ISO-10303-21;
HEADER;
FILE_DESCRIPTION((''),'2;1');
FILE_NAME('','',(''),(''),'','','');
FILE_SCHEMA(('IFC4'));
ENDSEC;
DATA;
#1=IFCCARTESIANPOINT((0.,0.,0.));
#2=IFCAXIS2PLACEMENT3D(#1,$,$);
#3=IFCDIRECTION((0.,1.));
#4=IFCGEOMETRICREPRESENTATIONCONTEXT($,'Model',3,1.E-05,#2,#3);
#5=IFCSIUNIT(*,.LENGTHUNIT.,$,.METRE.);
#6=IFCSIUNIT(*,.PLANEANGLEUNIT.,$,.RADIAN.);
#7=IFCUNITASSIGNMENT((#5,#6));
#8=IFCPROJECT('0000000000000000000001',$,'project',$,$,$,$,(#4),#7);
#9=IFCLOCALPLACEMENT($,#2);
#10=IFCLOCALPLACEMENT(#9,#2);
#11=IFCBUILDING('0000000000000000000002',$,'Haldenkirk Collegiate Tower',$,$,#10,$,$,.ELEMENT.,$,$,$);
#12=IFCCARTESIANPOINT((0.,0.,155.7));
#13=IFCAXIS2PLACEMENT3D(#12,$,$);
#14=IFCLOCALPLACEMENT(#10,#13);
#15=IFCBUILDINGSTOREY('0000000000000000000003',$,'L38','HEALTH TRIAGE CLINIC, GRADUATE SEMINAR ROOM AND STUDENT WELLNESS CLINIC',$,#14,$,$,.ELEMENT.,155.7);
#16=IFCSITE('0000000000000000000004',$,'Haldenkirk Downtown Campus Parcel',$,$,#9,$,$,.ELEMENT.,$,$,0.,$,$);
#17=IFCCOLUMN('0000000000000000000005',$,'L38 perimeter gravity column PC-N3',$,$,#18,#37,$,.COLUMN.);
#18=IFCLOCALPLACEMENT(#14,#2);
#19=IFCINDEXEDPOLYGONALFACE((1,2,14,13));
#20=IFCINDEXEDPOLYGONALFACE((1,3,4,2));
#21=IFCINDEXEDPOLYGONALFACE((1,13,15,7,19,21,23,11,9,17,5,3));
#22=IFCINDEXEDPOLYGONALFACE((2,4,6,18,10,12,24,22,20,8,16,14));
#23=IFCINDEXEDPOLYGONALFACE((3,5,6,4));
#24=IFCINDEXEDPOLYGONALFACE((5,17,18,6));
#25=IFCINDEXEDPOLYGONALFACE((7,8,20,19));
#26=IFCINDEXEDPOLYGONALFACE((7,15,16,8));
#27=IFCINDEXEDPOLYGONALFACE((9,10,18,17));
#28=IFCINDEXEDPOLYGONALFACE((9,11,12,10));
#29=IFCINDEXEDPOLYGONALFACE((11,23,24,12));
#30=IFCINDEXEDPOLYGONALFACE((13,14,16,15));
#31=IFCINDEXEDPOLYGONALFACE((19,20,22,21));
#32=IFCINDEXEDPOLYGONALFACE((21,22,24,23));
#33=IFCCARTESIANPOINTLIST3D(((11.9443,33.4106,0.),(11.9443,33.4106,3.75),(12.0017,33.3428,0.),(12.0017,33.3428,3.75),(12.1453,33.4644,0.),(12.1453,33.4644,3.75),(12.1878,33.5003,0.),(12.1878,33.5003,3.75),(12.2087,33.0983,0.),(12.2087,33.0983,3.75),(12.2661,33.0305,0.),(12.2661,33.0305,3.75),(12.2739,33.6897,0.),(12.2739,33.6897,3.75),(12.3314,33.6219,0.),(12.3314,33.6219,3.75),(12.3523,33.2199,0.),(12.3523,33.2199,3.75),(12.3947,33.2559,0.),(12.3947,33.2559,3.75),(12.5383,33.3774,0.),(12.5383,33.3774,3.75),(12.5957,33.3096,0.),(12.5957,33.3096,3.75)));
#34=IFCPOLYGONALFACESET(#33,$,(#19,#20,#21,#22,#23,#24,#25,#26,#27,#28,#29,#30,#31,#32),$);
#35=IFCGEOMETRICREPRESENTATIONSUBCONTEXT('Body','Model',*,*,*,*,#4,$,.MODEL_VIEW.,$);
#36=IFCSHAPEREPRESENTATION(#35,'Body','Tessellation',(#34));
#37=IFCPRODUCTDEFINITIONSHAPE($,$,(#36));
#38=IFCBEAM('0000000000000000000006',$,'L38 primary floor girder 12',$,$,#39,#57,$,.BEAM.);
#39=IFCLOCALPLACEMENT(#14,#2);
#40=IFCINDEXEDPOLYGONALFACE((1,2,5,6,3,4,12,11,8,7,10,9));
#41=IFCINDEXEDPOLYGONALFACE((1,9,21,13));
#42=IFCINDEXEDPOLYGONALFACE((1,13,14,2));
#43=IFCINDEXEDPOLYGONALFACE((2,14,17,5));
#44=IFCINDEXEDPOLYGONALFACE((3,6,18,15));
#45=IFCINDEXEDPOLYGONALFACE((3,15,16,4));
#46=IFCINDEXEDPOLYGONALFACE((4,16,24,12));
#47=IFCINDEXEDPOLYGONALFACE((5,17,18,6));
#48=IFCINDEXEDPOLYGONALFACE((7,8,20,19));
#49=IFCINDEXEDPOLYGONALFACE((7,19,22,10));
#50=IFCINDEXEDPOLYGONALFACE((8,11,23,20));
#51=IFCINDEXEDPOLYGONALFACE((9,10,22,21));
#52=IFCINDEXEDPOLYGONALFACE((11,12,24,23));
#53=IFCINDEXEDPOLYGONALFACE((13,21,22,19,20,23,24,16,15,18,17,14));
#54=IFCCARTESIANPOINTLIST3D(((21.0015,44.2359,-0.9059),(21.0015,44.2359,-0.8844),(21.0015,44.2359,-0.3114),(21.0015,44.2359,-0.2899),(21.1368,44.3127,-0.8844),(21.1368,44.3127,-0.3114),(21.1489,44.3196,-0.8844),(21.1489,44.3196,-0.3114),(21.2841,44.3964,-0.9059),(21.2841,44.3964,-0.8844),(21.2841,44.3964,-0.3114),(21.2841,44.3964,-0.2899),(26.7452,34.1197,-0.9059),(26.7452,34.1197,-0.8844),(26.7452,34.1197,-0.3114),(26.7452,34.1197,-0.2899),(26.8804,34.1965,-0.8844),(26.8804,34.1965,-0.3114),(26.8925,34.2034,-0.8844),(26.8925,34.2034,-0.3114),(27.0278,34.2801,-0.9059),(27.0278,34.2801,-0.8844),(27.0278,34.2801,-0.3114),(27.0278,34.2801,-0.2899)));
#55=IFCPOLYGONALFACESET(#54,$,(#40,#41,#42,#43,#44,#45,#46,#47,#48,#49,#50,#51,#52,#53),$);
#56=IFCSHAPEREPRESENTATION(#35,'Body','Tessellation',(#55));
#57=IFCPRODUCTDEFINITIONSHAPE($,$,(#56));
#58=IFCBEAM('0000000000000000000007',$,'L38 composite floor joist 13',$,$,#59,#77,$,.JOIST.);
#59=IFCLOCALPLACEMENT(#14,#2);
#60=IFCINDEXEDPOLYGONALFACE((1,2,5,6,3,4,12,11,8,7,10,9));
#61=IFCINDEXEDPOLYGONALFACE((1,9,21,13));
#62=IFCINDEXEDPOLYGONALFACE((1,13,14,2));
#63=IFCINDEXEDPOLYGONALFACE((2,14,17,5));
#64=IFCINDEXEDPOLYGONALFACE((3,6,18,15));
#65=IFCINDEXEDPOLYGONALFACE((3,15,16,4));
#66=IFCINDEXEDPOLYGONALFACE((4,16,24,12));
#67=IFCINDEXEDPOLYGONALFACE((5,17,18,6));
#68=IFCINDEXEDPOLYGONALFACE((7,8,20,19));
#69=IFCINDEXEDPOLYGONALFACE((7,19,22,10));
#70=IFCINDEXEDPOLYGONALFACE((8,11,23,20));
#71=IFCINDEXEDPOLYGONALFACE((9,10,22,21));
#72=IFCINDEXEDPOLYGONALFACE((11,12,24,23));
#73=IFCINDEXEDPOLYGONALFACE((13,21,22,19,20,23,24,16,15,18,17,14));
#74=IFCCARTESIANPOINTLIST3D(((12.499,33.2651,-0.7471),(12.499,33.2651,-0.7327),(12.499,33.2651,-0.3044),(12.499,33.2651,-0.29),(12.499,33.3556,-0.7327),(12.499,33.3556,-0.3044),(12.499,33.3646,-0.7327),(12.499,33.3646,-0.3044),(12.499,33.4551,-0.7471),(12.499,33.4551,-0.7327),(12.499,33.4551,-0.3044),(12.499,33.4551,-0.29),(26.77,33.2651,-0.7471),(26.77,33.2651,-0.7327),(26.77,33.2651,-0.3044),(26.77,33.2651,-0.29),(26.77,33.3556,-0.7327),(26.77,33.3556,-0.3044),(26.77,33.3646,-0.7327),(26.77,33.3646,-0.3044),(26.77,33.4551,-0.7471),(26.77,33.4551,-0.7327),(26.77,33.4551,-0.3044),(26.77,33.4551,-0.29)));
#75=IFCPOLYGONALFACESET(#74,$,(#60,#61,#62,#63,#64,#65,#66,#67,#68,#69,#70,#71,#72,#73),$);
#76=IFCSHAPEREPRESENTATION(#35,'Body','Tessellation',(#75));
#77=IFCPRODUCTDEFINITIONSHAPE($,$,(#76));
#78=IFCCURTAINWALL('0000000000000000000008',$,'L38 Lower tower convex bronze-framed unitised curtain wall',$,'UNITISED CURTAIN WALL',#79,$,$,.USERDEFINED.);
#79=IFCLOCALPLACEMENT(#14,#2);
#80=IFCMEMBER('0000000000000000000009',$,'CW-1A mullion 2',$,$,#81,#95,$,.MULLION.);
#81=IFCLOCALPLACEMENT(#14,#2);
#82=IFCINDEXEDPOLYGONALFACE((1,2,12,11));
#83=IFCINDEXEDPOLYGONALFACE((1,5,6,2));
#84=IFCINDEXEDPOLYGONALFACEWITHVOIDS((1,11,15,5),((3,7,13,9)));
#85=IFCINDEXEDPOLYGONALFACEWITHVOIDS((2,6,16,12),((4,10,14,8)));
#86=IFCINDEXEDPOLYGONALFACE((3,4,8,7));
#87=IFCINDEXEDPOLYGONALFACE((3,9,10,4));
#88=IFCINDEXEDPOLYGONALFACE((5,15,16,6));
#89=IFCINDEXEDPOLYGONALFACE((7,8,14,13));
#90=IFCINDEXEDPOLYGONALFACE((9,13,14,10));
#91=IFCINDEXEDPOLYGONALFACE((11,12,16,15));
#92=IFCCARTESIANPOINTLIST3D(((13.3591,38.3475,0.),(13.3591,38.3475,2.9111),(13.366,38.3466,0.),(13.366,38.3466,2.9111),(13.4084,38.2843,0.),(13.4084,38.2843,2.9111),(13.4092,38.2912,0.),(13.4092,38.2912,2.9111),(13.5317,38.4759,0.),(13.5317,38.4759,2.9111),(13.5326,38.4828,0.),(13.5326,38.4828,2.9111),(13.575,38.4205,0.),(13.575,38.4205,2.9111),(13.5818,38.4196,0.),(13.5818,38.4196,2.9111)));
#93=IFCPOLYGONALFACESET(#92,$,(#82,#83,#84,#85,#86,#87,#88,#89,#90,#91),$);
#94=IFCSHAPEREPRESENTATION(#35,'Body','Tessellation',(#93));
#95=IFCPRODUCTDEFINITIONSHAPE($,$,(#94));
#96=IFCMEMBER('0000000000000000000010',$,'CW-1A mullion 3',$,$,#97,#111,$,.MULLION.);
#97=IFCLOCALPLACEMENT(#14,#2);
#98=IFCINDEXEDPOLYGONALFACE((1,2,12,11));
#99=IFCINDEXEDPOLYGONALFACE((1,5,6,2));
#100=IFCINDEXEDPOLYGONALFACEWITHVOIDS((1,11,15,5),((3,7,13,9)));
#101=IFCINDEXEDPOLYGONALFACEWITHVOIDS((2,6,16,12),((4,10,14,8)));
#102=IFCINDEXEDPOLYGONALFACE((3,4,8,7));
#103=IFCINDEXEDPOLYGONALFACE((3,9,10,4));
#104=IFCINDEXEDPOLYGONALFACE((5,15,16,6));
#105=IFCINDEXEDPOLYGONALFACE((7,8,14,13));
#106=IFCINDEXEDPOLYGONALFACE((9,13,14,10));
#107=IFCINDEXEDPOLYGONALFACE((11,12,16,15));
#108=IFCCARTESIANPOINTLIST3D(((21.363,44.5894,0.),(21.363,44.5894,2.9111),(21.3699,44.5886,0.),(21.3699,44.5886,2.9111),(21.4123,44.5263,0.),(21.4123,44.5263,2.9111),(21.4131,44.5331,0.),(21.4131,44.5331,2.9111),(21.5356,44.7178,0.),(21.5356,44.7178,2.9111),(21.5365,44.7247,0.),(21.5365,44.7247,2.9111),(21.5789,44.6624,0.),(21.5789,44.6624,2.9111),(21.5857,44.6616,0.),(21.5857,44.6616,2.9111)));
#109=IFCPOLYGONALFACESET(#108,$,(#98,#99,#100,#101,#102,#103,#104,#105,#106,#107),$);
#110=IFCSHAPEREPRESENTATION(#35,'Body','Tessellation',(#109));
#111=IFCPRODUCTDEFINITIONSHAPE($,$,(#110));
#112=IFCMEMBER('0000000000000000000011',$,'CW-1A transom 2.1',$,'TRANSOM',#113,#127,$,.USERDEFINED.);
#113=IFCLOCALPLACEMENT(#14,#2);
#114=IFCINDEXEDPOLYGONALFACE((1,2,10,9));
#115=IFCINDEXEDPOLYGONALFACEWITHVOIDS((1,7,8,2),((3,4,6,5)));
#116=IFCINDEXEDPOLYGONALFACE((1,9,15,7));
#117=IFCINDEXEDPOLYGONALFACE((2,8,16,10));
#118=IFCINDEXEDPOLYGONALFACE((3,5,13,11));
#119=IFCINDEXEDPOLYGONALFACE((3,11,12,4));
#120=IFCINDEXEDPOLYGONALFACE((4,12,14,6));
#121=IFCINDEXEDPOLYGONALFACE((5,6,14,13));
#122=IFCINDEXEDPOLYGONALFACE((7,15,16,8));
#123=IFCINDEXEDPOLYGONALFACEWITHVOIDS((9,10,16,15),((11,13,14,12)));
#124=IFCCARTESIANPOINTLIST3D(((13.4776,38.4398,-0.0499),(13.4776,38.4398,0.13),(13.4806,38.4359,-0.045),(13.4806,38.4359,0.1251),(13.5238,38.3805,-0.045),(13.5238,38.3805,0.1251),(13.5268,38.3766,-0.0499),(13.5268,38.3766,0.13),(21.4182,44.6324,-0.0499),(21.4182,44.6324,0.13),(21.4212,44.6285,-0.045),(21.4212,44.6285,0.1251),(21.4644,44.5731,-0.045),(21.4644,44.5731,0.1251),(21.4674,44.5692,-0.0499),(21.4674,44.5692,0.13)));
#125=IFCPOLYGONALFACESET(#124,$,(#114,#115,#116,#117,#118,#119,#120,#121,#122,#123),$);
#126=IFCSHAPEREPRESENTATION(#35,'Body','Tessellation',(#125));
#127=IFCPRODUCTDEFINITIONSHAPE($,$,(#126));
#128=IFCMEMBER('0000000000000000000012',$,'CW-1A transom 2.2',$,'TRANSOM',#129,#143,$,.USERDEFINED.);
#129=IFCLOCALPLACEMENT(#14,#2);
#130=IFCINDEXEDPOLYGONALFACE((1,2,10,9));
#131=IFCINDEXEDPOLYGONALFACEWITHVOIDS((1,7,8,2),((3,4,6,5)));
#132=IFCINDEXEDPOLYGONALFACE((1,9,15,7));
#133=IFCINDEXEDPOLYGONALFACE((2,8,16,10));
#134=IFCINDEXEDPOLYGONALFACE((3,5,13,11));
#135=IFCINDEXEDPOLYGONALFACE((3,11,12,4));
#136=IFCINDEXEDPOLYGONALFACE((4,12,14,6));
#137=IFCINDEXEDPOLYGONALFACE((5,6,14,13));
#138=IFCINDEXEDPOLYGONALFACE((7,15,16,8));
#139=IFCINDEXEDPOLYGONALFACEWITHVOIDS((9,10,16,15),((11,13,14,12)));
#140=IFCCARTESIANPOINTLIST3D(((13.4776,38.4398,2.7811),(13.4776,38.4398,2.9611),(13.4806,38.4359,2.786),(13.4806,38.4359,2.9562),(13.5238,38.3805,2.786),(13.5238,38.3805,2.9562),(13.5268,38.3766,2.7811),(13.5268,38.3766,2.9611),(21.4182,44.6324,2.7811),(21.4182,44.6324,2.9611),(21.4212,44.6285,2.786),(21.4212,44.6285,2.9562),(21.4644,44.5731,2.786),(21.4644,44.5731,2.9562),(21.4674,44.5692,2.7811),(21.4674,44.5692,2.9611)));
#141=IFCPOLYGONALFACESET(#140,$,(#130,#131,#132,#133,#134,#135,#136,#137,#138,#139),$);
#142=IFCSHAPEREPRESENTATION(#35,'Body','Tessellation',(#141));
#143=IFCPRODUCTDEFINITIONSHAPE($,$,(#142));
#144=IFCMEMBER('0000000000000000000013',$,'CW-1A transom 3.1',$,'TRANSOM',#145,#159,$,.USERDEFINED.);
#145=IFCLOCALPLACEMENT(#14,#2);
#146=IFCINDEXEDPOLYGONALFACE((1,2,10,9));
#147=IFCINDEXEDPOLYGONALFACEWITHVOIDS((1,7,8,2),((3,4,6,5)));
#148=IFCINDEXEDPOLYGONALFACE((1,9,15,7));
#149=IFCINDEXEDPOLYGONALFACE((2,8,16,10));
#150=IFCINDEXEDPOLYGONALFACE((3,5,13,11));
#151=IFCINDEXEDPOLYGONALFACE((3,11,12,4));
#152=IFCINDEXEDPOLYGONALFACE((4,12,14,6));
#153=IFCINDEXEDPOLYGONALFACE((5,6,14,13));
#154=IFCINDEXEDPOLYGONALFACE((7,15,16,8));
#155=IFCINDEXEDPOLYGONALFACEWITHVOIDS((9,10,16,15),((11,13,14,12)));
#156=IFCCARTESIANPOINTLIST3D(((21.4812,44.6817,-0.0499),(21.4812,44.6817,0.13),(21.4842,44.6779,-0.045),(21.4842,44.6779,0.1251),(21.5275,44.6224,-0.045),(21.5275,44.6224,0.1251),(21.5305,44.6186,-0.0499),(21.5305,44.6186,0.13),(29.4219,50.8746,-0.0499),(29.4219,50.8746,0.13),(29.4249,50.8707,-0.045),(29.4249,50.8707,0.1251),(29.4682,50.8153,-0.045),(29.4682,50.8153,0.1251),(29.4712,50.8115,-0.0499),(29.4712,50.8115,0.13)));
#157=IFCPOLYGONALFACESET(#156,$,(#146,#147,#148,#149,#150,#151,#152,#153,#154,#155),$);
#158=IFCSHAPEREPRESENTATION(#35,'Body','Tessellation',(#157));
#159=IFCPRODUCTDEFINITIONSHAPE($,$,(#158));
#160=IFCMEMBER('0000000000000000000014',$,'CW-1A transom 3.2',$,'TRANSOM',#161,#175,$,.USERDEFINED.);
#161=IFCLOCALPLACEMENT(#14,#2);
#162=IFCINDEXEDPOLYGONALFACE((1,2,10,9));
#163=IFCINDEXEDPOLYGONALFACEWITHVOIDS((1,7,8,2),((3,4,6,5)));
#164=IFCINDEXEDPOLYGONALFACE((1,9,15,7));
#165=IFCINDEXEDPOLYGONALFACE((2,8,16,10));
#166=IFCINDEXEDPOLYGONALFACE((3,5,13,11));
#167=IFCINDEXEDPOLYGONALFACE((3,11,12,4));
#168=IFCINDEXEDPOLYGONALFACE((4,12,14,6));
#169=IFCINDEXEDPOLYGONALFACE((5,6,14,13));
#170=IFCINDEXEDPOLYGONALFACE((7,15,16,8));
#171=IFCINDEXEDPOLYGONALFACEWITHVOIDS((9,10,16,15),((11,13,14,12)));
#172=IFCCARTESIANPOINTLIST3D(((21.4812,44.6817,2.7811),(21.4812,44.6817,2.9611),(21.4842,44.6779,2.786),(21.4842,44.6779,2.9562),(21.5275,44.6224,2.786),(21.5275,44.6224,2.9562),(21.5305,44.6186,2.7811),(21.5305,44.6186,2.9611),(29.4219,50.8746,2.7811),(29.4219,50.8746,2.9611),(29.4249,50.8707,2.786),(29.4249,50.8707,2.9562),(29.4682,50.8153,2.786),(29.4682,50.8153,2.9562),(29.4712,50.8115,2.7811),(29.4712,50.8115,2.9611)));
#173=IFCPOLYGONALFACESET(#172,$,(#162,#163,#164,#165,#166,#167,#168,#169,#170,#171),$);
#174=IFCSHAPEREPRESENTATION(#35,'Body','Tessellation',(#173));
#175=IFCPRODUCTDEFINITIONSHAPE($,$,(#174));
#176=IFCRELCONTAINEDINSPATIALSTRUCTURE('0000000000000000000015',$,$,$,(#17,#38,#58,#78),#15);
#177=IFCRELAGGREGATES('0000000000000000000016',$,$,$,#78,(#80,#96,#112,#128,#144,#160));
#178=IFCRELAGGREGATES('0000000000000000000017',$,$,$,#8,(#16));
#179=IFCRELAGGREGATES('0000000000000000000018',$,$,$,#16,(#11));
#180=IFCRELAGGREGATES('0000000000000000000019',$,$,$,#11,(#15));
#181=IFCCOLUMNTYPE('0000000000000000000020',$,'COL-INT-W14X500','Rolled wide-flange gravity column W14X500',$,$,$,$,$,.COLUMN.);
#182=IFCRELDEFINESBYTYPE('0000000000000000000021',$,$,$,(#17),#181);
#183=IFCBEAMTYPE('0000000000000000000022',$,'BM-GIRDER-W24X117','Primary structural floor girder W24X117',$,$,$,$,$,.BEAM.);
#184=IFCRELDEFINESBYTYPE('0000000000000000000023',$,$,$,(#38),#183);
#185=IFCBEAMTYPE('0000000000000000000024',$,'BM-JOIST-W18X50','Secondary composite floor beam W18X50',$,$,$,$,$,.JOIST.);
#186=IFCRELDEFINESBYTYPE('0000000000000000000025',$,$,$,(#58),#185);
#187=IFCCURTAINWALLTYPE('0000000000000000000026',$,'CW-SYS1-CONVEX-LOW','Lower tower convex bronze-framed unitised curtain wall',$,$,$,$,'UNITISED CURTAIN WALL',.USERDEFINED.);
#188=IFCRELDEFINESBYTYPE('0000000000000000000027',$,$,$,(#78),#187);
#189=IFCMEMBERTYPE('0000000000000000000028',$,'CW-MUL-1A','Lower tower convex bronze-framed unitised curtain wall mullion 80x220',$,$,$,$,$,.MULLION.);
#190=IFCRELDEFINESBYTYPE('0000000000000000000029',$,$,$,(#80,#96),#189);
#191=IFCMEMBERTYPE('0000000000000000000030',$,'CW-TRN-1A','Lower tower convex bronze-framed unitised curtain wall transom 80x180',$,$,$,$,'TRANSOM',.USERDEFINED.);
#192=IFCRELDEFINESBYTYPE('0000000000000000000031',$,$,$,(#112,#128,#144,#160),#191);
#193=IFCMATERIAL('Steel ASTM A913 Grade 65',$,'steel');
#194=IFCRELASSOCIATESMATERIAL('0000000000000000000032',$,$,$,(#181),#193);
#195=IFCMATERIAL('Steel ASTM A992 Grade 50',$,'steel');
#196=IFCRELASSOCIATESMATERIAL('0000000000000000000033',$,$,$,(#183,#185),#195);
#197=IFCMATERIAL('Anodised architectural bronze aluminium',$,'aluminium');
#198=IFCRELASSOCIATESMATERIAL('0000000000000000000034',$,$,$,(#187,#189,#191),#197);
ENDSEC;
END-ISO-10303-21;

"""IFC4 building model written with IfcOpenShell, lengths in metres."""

from ifc_helpers import new_model, si_unit, direction, frame, origin, origin_2d, place, context, subcontext, project, spatial, hollow_rectangle, i_section, extrude, material, material_profile, profile_set, type_object, element, aggregate, save


model = new_model("IFC4")

# Units and contexts
model_context = context("Model", 3, precision=1e-05, world=origin(), true_north=direction((0.0, 1.0)))
body_context = subcontext(model_context, "Body", "Model", "MODEL_VIEW")
ifc_project = project(units=[si_unit("LENGTHUNIT", "METRE"), si_unit("PLANEANGLEUNIT", "RADIAN")], contexts=[model_context])

# Site, building, storey
site_placement = place(None, origin())
site = spatial("IfcSite", under=ifc_project, at=site_placement, Name="Haldenkirk Downtown Campus Parcel", CompositionType="ELEMENT", RefElevation=0.0)
building_placement = place(site_placement, origin())
building = spatial("IfcBuilding", under=site, at=building_placement, Name="Haldenkirk Collegiate Tower", CompositionType="ELEMENT")
storey_placement = place(building_placement, frame((0.0, 0.0, 155.7)))
storey = spatial("IfcBuildingStorey", under=building, at=storey_placement, Name="L38", Description="HEALTH TRIAGE CLINIC, GRADUATE SEMINAR ROOM AND STUDENT WELLNESS CLINIC", CompositionType="ELEMENT", Elevation=155.7)

# Column
ifc_material_1 = material(Name="Steel ASTM A913 Grade 65", Category="steel")
ifc_material_profile_1 = material_profile(ifc_material_1, i_section(OverallWidth=0.4319, OverallDepth=0.498, WebThickness=0.0557, FlangeThickness=0.0889, at=origin_2d()), Name="W14X500")
ifc_profile_set_1 = profile_set([ifc_material_profile_1], Name="Steel ASTM A913 Grade 65")
column_type = type_object("IfcColumnType", Name="COL-INT-W14X500", Description="Rolled wide-flange gravity column W14X500", PredefinedType="COLUMN", material=ifc_profile_set_1)
column_placement = place(storey_placement, frame((12.27, 33.3601, 0.0), z_axis=(0.0, 0.0, 1.0), x_axis=(0.763232, 0.646124, 0.0)))
element("IfcColumn", 1, at=column_placement, inside=storey, type_object=column_type, Name="L38 perimeter gravity column PC-N3", PredefinedType="COLUMN", context=body_context, shape_type="SweptSolid", body=[
    extrude(i_section(OverallWidth=0.4319, OverallDepth=0.498, WebThickness=0.0557, FlangeThickness=0.0889, at=origin_2d()), origin(), (0.0, 0.0, 1.0), 3.75),
])

# Beams
ifc_material_2 = material(Name="Steel ASTM A992 Grade 50", Category="steel")
ifc_material_profile_2 = material_profile(ifc_material_2, i_section(OverallWidth=0.325, OverallDepth=0.616, WebThickness=0.0139, FlangeThickness=0.0215, at=origin_2d()), Name="W24X117")
ifc_profile_set_2 = profile_set([ifc_material_profile_2], Name="Steel ASTM A992 Grade 50")
beam_type_1 = type_object("IfcBeamType", Name="BM-GIRDER-W24X117", Description="Primary structural floor girder W24X117", PredefinedType="BEAM", material=ifc_profile_set_2)
beam_1_placement = place(storey_placement, frame((21.1428, 44.3162, -0.5979), z_axis=(0.493737, -0.869611, 0.0), x_axis=(0.869611, 0.493737, 0.0)))
element("IfcBeam", 2, at=beam_1_placement, inside=storey, type_object=beam_type_1, Name="L38 primary floor girder 12", PredefinedType="BEAM", context=body_context, shape_type="SweptSolid", body=[
    extrude(i_section(OverallWidth=0.325, OverallDepth=0.616, WebThickness=0.0139, FlangeThickness=0.0215, at=origin_2d()), origin(), (0.0, 0.0, 1.0), 11.6331),
])
ifc_material_profile_3 = material_profile(ifc_material_2, i_section(OverallWidth=0.1899, OverallDepth=0.457, WebThickness=0.009, FlangeThickness=0.0144, at=origin_2d()), Name="W18X50")
ifc_profile_set_3 = profile_set([ifc_material_profile_3], Name="Steel ASTM A992 Grade 50")
beam_type_2 = type_object("IfcBeamType", Name="BM-JOIST-W18X50", Description="Secondary composite floor beam W18X50", PredefinedType="JOIST", material=ifc_profile_set_3)
beam_2_placement = place(storey_placement, frame((12.499, 33.3601, -0.5186), z_axis=(1.0, 0.0, 0.0), x_axis=(0.0, 1.0, 0.0)))
element("IfcBeam", 3, at=beam_2_placement, inside=storey, type_object=beam_type_2, Name="L38 composite floor joist 13", PredefinedType="JOIST", context=body_context, shape_type="SweptSolid", body=[
    extrude(i_section(OverallWidth=0.1899, OverallDepth=0.457, WebThickness=0.009, FlangeThickness=0.0144, at=origin_2d()), origin(), (0.0, 0.0, 1.0), 14.271),
])

# Curtain wall, members
ifc_material_3 = material(Name="Anodised architectural bronze aluminium", Category="aluminium")
curtain_wall_type = type_object("IfcCurtainWallType", Name="CW-SYS1-CONVEX-LOW", Description="Lower tower convex bronze-framed unitised curtain wall", ElementType="UNITISED CURTAIN WALL", PredefinedType="USERDEFINED", material=ifc_material_3)
curtain_wall_placement = place(storey_placement, origin())
curtain_wall = element("IfcCurtainWall", 4, at=curtain_wall_placement, inside=storey, type_object=curtain_wall_type, Name="L38 Lower tower convex bronze-framed unitised curtain wall", ObjectType="UNITISED CURTAIN WALL", PredefinedType="USERDEFINED")
ifc_material_profile_4 = material_profile(ifc_material_3, hollow_rectangle(XDim=0.0801, YDim=0.22, WallThickness=0.0049, at=origin_2d()), Name="CW-MUL-1A")
ifc_profile_set_4 = profile_set([ifc_material_profile_4], Name="Anodised architectural bronze aluminium")
member_type_1 = type_object("IfcMemberType", Name="CW-MUL-1A", Description="Lower tower convex bronze-framed unitised curtain wall mullion 80x220", PredefinedType="MULLION", material=ifc_profile_set_4)
member_1_placement = place(storey_placement, frame((13.4705, 38.3835, 0.0), z_axis=(0.0, 0.0, 1.0), x_axis=(-0.614974, 0.788548, 0.0)))
member_1 = element("IfcMember", 5, at=member_1_placement, type_object=member_type_1, Name="CW-1A mullion 2", PredefinedType="MULLION", context=body_context, shape_type="SweptSolid", body=[
    extrude(hollow_rectangle(XDim=0.0801, YDim=0.22, WallThickness=0.0049, at=origin_2d()), origin(), (0.0, 0.0, 1.0), 2.9111),
])
member_2_placement = place(storey_placement, frame((21.4744, 44.6255, 0.0), z_axis=(0.0, 0.0, 1.0), x_axis=(-0.614974, 0.788548, 0.0)))
member_2 = element("IfcMember", 6, at=member_2_placement, type_object=member_type_1, Name="CW-1A mullion 3", PredefinedType="MULLION", context=body_context, shape_type="SweptSolid", body=[
    extrude(hollow_rectangle(XDim=0.0801, YDim=0.22, WallThickness=0.0049, at=origin_2d()), origin(), (0.0, 0.0, 1.0), 2.9111),
])
ifc_material_profile_5 = material_profile(ifc_material_3, hollow_rectangle(XDim=0.0801, YDim=0.1799, WallThickness=0.0049, at=origin_2d()), Name="CW-TRN-1A")
ifc_profile_set_5 = profile_set([ifc_material_profile_5], Name="Anodised architectural bronze aluminium")
member_type_2 = type_object("IfcMemberType", Name="CW-TRN-1A", Description="Lower tower convex bronze-framed unitised curtain wall transom 80x180", ElementType="TRANSOM", PredefinedType="USERDEFINED", material=ifc_profile_set_5)
member_3_placement = place(storey_placement, frame((13.5022, 38.4082, 0.04), z_axis=(0.788555, 0.614964, 0.0), x_axis=(-0.614964, 0.788555, 0.0)))
member_3 = element("IfcMember", 7, at=member_3_placement, type_object=member_type_2, Name="CW-1A transom 2.1", ObjectType="TRANSOM", PredefinedType="USERDEFINED", context=body_context, shape_type="SweptSolid", body=[
    extrude(hollow_rectangle(XDim=0.0801, YDim=0.1799, WallThickness=0.0049, at=origin_2d()), origin(), (0.0, 0.0, 1.0), 10.0698),
])
member_4_placement = place(storey_placement, frame((13.5022, 38.4082, 2.8711), z_axis=(0.788555, 0.614964, 0.0), x_axis=(-0.614964, 0.788555, 0.0)))
member_4 = element("IfcMember", 8, at=member_4_placement, type_object=member_type_2, Name="CW-1A transom 2.2", ObjectType="TRANSOM", PredefinedType="USERDEFINED", context=body_context, shape_type="SweptSolid", body=[
    extrude(hollow_rectangle(XDim=0.0801, YDim=0.1799, WallThickness=0.0049, at=origin_2d()), origin(), (0.0, 0.0, 1.0), 10.0698),
])
member_5_placement = place(storey_placement, frame((21.5059, 44.6501, 0.04), z_axis=(0.788543, 0.614979, 0.0), x_axis=(-0.614979, 0.788543, 0.0)))
member_5 = element("IfcMember", 9, at=member_5_placement, type_object=member_type_2, Name="CW-1A transom 3.1", ObjectType="TRANSOM", PredefinedType="USERDEFINED", context=body_context, shape_type="SweptSolid", body=[
    extrude(hollow_rectangle(XDim=0.0801, YDim=0.1799, WallThickness=0.0049, at=origin_2d()), origin(), (0.0, 0.0, 1.0), 10.0701),
])
member_6_placement = place(storey_placement, frame((21.5059, 44.6501, 2.8711), z_axis=(0.788543, 0.614979, 0.0), x_axis=(-0.614979, 0.788543, 0.0)))
member_6 = element("IfcMember", 10, at=member_6_placement, type_object=member_type_2, Name="CW-1A transom 3.2", ObjectType="TRANSOM", PredefinedType="USERDEFINED", context=body_context, shape_type="SweptSolid", body=[
    extrude(hollow_rectangle(XDim=0.0801, YDim=0.1799, WallThickness=0.0049, at=origin_2d()), origin(), (0.0, 0.0, 1.0), 10.0701),
])
aggregate(curtain_wall, [member_1, member_2, member_3, member_4, member_5, member_6])

save(model, "model.ifc")
